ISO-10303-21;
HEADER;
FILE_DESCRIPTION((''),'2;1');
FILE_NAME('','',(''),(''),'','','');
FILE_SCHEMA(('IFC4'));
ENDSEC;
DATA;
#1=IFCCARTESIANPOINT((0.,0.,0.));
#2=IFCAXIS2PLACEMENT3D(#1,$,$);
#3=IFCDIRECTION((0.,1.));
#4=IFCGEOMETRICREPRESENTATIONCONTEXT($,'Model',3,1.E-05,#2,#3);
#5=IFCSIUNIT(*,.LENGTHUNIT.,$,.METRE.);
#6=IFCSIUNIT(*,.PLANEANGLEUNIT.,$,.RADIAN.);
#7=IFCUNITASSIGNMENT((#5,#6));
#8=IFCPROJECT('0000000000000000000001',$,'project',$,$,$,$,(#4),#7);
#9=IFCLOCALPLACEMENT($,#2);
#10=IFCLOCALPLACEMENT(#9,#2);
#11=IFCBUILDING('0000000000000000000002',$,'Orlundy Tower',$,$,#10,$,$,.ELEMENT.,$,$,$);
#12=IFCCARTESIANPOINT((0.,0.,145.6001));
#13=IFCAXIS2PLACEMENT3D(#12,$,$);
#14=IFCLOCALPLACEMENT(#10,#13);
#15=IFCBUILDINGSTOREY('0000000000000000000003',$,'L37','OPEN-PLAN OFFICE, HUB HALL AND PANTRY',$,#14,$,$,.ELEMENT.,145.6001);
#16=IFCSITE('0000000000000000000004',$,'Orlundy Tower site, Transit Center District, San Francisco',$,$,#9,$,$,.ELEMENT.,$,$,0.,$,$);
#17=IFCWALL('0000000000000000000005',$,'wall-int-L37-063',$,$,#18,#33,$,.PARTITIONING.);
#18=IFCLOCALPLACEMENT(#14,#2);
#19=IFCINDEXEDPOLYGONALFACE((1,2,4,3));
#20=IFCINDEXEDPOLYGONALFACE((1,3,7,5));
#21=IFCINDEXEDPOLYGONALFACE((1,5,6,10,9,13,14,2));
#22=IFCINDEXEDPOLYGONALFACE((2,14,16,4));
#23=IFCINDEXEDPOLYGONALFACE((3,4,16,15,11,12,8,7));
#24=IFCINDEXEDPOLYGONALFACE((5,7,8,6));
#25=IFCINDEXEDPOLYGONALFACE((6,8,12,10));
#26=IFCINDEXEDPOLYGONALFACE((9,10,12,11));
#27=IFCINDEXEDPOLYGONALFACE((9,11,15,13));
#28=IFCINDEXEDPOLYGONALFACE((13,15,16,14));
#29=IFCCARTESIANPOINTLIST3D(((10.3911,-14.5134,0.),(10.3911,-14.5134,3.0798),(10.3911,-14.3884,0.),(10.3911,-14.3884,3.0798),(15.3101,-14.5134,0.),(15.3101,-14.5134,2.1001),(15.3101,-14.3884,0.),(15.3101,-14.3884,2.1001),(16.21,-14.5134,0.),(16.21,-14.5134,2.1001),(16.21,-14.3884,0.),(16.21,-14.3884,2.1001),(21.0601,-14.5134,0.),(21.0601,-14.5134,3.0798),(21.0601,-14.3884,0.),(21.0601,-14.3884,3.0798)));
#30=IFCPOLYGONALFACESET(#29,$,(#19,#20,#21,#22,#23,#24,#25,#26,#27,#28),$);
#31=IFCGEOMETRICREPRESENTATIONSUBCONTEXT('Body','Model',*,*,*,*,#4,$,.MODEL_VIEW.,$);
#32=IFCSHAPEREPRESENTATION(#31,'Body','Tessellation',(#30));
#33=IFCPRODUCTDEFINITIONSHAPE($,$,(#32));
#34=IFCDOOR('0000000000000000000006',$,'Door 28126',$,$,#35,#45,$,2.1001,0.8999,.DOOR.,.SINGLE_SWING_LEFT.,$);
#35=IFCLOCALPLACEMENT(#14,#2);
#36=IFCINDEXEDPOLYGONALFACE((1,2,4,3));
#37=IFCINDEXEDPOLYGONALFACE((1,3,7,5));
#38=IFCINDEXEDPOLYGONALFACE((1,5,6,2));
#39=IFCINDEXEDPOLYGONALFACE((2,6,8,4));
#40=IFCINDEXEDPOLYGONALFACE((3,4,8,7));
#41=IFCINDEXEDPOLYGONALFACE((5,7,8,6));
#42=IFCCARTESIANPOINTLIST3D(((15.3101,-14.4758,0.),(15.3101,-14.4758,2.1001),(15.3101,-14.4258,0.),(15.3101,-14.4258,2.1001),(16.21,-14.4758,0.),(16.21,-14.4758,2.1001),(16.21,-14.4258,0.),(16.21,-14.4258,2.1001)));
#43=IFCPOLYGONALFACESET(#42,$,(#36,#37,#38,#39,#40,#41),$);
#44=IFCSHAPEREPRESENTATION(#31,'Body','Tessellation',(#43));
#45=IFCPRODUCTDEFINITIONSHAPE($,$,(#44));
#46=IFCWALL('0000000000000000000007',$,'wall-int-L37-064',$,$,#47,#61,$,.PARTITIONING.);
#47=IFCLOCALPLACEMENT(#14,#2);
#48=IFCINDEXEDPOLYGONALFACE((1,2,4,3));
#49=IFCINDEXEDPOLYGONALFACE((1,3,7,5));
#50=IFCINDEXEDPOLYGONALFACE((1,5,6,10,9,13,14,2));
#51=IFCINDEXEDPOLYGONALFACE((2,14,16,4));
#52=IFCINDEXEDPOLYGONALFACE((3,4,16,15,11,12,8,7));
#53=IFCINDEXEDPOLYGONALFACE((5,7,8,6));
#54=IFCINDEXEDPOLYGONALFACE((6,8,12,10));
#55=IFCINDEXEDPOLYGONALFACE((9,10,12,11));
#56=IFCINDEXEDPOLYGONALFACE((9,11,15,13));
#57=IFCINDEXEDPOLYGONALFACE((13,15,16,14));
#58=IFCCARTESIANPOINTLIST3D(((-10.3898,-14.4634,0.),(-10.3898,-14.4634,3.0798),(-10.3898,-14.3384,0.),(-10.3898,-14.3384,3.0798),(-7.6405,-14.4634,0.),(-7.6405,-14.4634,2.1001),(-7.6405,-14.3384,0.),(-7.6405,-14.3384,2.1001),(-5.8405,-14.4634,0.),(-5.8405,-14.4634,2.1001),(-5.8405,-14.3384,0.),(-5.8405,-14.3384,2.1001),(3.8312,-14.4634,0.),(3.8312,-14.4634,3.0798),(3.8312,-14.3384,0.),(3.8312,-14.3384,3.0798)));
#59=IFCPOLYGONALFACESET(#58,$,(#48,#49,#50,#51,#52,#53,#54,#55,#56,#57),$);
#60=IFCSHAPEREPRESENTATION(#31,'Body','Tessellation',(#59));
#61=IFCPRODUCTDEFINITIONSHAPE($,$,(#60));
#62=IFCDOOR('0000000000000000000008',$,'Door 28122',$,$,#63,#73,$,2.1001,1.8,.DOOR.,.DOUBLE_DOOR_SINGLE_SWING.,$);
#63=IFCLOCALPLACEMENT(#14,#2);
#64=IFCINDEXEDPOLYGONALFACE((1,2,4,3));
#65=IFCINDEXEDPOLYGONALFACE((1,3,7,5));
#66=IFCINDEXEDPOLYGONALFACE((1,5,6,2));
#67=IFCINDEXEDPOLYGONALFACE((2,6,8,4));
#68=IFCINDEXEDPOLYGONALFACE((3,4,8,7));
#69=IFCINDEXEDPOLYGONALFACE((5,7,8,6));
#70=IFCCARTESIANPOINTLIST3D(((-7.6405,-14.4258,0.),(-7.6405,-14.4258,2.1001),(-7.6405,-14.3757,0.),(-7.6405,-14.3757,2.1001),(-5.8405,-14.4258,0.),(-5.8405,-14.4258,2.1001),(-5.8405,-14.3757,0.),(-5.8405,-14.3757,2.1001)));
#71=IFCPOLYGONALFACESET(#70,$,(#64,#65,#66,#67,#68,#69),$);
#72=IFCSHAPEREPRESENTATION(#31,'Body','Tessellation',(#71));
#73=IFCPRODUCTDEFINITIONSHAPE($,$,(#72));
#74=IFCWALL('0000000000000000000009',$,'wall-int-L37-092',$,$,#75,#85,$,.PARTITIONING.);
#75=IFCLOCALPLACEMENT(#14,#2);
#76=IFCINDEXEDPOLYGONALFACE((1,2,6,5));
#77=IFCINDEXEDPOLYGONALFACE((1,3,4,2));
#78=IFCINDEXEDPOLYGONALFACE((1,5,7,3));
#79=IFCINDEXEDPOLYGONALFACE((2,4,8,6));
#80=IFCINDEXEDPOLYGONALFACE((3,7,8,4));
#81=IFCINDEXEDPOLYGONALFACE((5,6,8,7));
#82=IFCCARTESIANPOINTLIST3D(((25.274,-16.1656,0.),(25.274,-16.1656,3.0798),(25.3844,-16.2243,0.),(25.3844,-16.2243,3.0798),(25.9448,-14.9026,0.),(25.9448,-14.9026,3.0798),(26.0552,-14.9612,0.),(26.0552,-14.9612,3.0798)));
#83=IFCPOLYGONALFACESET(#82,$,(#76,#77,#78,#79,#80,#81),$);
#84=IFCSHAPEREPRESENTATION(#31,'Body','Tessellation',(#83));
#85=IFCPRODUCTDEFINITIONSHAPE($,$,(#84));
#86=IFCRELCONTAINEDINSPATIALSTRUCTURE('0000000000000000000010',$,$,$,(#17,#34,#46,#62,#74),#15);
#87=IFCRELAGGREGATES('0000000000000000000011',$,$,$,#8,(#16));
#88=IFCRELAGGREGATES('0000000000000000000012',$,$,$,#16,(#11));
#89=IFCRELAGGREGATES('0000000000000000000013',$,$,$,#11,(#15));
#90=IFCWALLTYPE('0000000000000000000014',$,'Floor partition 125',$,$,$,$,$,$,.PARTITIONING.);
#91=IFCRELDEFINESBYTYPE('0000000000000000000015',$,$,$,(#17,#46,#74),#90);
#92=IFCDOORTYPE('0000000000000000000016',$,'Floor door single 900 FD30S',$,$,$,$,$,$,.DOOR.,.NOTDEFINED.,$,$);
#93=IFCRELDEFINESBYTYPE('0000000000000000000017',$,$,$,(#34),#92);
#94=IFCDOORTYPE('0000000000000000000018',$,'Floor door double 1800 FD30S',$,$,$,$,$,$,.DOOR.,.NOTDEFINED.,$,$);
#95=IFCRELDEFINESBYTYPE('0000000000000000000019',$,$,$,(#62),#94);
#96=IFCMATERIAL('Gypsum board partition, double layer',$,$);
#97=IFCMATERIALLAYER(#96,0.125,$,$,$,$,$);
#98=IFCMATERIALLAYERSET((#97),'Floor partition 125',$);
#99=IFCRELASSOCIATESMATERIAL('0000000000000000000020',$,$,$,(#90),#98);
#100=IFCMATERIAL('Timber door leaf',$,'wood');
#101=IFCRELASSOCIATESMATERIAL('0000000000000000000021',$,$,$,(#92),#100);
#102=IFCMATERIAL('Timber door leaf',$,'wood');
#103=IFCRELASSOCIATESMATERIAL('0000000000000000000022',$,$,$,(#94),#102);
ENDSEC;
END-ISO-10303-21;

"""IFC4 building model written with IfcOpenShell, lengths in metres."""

from ifc_helpers import new_model, si_unit, direction, frame, frame_2d, origin, place, context, subcontext, project, spatial, rectangle, extrude, material, layer, layer_set, type_object, element, fill, save


model = new_model("IFC4")

# Units and contexts
model_context = context("Model", 3, precision=1e-05, world=origin(), true_north=direction((0.0, 1.0)))
body_context = subcontext(model_context, "Body", "Model", "MODEL_VIEW")
ifc_project = project(units=[si_unit("LENGTHUNIT", "METRE"), si_unit("PLANEANGLEUNIT", "RADIAN")], contexts=[model_context])

# Site, building, storey
site_placement = place(None, origin())
site = spatial("IfcSite", under=ifc_project, at=site_placement, Name="Orlundy Tower site, Transit Center District, San Francisco", CompositionType="ELEMENT", RefElevation=0.0)
building_placement = place(site_placement, origin())
building = spatial("IfcBuilding", under=site, at=building_placement, Name="Orlundy Tower", CompositionType="ELEMENT")
storey_placement = place(building_placement, frame((0.0, 0.0, 145.6001)))
storey = spatial("IfcBuildingStorey", under=building, at=storey_placement, Name="L37", Description="OPEN-PLAN OFFICE, HUB HALL AND PANTRY", CompositionType="ELEMENT", Elevation=145.6001)

# Shared definitions
ifc_material_1 = material(Name="Gypsum board partition, double layer")
ifc_layer_1 = layer(ifc_material_1, 0.125)
ifc_layer_set_1 = layer_set([ifc_layer_1], Name="Floor partition 125")
wall_type_1 = type_object("IfcWallType", Name="Floor partition 125", PredefinedType="PARTITIONING", material=ifc_layer_set_1)

# Walls, openings, doors
wall_1_placement = place(storey_placement, frame((21.0601, -14.4509, 0.0), z_axis=(0.0, 0.0, 1.0), x_axis=(-1.0, 0.0, 0.0)))
wall_1 = element("IfcWall", 1, at=wall_1_placement, inside=storey, type_object=wall_type_1, Name="wall-int-L37-063", PredefinedType="PARTITIONING", context=body_context, shape_type="SweptSolid", body=[
    extrude(rectangle(XDim=10.6689, YDim=0.125, at=frame_2d((5.3345, 0.0))), origin(), (0.0, 0.0, 1.0), 3.0798),
])
opening_1_placement = place(wall_1_placement, frame((4.8501, 0.0, 0.0)))
opening_1 = element("IfcOpeningElement", 2, at=opening_1_placement, cuts=wall_1, PredefinedType="OPENING", context=body_context, shape_type="SweptSolid", body=[
    extrude(rectangle(XDim=0.8999, YDim=2.1001, at=frame_2d((0.45, 1.05))), frame((0.0, 0.0725, 0.0), z_axis=(0.0, -1.0, 0.0), x_axis=(1.0, 0.0, 0.0)), (0.0, 0.0, 1.0), 0.145),
])
ifc_material_2 = material(Name="Timber door leaf", Category="wood")
door_type_1 = type_object("IfcDoorType", Name="Floor door single 900 FD30S", OperationType="NOTDEFINED", PredefinedType="DOOR", material=ifc_material_2)
door_1_placement = place(opening_1_placement, origin())
door_1 = element("IfcDoor", 3, at=door_1_placement, inside=storey, type_object=door_type_1, Name="Door 28126", OperationType="SINGLE_SWING_LEFT", OverallHeight=2.1001, OverallWidth=0.8999, PredefinedType="DOOR", context=body_context, shape_type="SweptSolid", body=[
    extrude(rectangle(XDim=0.8999, YDim=2.1001, at=frame_2d((0.45, 1.05))), frame((0.0, 0.0249, 0.0), z_axis=(0.0, -1.0, 0.0), x_axis=(1.0, 0.0, 0.0)), (0.0, 0.0, 1.0), 0.05),
])
fill(opening_1, door_1)
wall_2_placement = place(storey_placement, frame((3.8311, -14.4009, 0.0), z_axis=(0.0, 0.0, 1.0), x_axis=(-1.0, 0.0, 0.0)))
wall_2 = element("IfcWall", 4, at=wall_2_placement, inside=storey, type_object=wall_type_1, Name="wall-int-L37-064", PredefinedType="PARTITIONING", context=body_context, shape_type="SweptSolid", body=[
    extrude(rectangle(XDim=14.2209, YDim=0.125, at=frame_2d((7.1104, 0.0))), origin(), (0.0, 0.0, 1.0), 3.0798),
])
opening_2_placement = place(wall_2_placement, frame((9.6716, 0.0, 0.0)))
opening_2 = element("IfcOpeningElement", 5, at=opening_2_placement, cuts=wall_2, PredefinedType="OPENING", context=body_context, shape_type="SweptSolid", body=[
    extrude(rectangle(XDim=1.8, YDim=2.1001, at=frame_2d((0.8999, 1.05))), frame((0.0, 0.0725, 0.0), z_axis=(0.0, -1.0, 0.0), x_axis=(1.0, 0.0, 0.0)), (0.0, 0.0, 1.0), 0.145),
])
ifc_material_3 = material(Name="Timber door leaf", Category="wood")
door_type_2 = type_object("IfcDoorType", Name="Floor door double 1800 FD30S", OperationType="NOTDEFINED", PredefinedType="DOOR", material=ifc_material_3)
door_2_placement = place(opening_2_placement, origin())
door_2 = element("IfcDoor", 6, at=door_2_placement, inside=storey, type_object=door_type_2, Name="Door 28122", OperationType="DOUBLE_DOOR_SINGLE_SWING", OverallHeight=2.1001, OverallWidth=1.8, PredefinedType="DOOR", context=body_context, shape_type="SweptSolid", body=[
    extrude(rectangle(XDim=1.8, YDim=2.1001, at=frame_2d((0.8999, 1.05))), frame((0.0, 0.0249, 0.0), z_axis=(0.0, -1.0, 0.0), x_axis=(1.0, 0.0, 0.0)), (0.0, 0.0, 1.0), 0.05),
])
fill(opening_2, door_2)

# Wall
wall_3_placement = place(storey_placement, frame((26.0, -14.9319, 0.0), z_axis=(0.0, 0.0, 1.0), x_axis=(-0.469064, -0.883164, 0.0)))
element("IfcWall", 7, at=wall_3_placement, inside=storey, type_object=wall_type_1, Name="wall-int-L37-092", PredefinedType="PARTITIONING", context=body_context, shape_type="SweptSolid", body=[
    extrude(rectangle(XDim=1.4302, YDim=0.125, at=frame_2d((0.7151, 0.0))), origin(), (0.0, 0.0, 1.0), 3.0798),
])

save(model, "model.ifc")
